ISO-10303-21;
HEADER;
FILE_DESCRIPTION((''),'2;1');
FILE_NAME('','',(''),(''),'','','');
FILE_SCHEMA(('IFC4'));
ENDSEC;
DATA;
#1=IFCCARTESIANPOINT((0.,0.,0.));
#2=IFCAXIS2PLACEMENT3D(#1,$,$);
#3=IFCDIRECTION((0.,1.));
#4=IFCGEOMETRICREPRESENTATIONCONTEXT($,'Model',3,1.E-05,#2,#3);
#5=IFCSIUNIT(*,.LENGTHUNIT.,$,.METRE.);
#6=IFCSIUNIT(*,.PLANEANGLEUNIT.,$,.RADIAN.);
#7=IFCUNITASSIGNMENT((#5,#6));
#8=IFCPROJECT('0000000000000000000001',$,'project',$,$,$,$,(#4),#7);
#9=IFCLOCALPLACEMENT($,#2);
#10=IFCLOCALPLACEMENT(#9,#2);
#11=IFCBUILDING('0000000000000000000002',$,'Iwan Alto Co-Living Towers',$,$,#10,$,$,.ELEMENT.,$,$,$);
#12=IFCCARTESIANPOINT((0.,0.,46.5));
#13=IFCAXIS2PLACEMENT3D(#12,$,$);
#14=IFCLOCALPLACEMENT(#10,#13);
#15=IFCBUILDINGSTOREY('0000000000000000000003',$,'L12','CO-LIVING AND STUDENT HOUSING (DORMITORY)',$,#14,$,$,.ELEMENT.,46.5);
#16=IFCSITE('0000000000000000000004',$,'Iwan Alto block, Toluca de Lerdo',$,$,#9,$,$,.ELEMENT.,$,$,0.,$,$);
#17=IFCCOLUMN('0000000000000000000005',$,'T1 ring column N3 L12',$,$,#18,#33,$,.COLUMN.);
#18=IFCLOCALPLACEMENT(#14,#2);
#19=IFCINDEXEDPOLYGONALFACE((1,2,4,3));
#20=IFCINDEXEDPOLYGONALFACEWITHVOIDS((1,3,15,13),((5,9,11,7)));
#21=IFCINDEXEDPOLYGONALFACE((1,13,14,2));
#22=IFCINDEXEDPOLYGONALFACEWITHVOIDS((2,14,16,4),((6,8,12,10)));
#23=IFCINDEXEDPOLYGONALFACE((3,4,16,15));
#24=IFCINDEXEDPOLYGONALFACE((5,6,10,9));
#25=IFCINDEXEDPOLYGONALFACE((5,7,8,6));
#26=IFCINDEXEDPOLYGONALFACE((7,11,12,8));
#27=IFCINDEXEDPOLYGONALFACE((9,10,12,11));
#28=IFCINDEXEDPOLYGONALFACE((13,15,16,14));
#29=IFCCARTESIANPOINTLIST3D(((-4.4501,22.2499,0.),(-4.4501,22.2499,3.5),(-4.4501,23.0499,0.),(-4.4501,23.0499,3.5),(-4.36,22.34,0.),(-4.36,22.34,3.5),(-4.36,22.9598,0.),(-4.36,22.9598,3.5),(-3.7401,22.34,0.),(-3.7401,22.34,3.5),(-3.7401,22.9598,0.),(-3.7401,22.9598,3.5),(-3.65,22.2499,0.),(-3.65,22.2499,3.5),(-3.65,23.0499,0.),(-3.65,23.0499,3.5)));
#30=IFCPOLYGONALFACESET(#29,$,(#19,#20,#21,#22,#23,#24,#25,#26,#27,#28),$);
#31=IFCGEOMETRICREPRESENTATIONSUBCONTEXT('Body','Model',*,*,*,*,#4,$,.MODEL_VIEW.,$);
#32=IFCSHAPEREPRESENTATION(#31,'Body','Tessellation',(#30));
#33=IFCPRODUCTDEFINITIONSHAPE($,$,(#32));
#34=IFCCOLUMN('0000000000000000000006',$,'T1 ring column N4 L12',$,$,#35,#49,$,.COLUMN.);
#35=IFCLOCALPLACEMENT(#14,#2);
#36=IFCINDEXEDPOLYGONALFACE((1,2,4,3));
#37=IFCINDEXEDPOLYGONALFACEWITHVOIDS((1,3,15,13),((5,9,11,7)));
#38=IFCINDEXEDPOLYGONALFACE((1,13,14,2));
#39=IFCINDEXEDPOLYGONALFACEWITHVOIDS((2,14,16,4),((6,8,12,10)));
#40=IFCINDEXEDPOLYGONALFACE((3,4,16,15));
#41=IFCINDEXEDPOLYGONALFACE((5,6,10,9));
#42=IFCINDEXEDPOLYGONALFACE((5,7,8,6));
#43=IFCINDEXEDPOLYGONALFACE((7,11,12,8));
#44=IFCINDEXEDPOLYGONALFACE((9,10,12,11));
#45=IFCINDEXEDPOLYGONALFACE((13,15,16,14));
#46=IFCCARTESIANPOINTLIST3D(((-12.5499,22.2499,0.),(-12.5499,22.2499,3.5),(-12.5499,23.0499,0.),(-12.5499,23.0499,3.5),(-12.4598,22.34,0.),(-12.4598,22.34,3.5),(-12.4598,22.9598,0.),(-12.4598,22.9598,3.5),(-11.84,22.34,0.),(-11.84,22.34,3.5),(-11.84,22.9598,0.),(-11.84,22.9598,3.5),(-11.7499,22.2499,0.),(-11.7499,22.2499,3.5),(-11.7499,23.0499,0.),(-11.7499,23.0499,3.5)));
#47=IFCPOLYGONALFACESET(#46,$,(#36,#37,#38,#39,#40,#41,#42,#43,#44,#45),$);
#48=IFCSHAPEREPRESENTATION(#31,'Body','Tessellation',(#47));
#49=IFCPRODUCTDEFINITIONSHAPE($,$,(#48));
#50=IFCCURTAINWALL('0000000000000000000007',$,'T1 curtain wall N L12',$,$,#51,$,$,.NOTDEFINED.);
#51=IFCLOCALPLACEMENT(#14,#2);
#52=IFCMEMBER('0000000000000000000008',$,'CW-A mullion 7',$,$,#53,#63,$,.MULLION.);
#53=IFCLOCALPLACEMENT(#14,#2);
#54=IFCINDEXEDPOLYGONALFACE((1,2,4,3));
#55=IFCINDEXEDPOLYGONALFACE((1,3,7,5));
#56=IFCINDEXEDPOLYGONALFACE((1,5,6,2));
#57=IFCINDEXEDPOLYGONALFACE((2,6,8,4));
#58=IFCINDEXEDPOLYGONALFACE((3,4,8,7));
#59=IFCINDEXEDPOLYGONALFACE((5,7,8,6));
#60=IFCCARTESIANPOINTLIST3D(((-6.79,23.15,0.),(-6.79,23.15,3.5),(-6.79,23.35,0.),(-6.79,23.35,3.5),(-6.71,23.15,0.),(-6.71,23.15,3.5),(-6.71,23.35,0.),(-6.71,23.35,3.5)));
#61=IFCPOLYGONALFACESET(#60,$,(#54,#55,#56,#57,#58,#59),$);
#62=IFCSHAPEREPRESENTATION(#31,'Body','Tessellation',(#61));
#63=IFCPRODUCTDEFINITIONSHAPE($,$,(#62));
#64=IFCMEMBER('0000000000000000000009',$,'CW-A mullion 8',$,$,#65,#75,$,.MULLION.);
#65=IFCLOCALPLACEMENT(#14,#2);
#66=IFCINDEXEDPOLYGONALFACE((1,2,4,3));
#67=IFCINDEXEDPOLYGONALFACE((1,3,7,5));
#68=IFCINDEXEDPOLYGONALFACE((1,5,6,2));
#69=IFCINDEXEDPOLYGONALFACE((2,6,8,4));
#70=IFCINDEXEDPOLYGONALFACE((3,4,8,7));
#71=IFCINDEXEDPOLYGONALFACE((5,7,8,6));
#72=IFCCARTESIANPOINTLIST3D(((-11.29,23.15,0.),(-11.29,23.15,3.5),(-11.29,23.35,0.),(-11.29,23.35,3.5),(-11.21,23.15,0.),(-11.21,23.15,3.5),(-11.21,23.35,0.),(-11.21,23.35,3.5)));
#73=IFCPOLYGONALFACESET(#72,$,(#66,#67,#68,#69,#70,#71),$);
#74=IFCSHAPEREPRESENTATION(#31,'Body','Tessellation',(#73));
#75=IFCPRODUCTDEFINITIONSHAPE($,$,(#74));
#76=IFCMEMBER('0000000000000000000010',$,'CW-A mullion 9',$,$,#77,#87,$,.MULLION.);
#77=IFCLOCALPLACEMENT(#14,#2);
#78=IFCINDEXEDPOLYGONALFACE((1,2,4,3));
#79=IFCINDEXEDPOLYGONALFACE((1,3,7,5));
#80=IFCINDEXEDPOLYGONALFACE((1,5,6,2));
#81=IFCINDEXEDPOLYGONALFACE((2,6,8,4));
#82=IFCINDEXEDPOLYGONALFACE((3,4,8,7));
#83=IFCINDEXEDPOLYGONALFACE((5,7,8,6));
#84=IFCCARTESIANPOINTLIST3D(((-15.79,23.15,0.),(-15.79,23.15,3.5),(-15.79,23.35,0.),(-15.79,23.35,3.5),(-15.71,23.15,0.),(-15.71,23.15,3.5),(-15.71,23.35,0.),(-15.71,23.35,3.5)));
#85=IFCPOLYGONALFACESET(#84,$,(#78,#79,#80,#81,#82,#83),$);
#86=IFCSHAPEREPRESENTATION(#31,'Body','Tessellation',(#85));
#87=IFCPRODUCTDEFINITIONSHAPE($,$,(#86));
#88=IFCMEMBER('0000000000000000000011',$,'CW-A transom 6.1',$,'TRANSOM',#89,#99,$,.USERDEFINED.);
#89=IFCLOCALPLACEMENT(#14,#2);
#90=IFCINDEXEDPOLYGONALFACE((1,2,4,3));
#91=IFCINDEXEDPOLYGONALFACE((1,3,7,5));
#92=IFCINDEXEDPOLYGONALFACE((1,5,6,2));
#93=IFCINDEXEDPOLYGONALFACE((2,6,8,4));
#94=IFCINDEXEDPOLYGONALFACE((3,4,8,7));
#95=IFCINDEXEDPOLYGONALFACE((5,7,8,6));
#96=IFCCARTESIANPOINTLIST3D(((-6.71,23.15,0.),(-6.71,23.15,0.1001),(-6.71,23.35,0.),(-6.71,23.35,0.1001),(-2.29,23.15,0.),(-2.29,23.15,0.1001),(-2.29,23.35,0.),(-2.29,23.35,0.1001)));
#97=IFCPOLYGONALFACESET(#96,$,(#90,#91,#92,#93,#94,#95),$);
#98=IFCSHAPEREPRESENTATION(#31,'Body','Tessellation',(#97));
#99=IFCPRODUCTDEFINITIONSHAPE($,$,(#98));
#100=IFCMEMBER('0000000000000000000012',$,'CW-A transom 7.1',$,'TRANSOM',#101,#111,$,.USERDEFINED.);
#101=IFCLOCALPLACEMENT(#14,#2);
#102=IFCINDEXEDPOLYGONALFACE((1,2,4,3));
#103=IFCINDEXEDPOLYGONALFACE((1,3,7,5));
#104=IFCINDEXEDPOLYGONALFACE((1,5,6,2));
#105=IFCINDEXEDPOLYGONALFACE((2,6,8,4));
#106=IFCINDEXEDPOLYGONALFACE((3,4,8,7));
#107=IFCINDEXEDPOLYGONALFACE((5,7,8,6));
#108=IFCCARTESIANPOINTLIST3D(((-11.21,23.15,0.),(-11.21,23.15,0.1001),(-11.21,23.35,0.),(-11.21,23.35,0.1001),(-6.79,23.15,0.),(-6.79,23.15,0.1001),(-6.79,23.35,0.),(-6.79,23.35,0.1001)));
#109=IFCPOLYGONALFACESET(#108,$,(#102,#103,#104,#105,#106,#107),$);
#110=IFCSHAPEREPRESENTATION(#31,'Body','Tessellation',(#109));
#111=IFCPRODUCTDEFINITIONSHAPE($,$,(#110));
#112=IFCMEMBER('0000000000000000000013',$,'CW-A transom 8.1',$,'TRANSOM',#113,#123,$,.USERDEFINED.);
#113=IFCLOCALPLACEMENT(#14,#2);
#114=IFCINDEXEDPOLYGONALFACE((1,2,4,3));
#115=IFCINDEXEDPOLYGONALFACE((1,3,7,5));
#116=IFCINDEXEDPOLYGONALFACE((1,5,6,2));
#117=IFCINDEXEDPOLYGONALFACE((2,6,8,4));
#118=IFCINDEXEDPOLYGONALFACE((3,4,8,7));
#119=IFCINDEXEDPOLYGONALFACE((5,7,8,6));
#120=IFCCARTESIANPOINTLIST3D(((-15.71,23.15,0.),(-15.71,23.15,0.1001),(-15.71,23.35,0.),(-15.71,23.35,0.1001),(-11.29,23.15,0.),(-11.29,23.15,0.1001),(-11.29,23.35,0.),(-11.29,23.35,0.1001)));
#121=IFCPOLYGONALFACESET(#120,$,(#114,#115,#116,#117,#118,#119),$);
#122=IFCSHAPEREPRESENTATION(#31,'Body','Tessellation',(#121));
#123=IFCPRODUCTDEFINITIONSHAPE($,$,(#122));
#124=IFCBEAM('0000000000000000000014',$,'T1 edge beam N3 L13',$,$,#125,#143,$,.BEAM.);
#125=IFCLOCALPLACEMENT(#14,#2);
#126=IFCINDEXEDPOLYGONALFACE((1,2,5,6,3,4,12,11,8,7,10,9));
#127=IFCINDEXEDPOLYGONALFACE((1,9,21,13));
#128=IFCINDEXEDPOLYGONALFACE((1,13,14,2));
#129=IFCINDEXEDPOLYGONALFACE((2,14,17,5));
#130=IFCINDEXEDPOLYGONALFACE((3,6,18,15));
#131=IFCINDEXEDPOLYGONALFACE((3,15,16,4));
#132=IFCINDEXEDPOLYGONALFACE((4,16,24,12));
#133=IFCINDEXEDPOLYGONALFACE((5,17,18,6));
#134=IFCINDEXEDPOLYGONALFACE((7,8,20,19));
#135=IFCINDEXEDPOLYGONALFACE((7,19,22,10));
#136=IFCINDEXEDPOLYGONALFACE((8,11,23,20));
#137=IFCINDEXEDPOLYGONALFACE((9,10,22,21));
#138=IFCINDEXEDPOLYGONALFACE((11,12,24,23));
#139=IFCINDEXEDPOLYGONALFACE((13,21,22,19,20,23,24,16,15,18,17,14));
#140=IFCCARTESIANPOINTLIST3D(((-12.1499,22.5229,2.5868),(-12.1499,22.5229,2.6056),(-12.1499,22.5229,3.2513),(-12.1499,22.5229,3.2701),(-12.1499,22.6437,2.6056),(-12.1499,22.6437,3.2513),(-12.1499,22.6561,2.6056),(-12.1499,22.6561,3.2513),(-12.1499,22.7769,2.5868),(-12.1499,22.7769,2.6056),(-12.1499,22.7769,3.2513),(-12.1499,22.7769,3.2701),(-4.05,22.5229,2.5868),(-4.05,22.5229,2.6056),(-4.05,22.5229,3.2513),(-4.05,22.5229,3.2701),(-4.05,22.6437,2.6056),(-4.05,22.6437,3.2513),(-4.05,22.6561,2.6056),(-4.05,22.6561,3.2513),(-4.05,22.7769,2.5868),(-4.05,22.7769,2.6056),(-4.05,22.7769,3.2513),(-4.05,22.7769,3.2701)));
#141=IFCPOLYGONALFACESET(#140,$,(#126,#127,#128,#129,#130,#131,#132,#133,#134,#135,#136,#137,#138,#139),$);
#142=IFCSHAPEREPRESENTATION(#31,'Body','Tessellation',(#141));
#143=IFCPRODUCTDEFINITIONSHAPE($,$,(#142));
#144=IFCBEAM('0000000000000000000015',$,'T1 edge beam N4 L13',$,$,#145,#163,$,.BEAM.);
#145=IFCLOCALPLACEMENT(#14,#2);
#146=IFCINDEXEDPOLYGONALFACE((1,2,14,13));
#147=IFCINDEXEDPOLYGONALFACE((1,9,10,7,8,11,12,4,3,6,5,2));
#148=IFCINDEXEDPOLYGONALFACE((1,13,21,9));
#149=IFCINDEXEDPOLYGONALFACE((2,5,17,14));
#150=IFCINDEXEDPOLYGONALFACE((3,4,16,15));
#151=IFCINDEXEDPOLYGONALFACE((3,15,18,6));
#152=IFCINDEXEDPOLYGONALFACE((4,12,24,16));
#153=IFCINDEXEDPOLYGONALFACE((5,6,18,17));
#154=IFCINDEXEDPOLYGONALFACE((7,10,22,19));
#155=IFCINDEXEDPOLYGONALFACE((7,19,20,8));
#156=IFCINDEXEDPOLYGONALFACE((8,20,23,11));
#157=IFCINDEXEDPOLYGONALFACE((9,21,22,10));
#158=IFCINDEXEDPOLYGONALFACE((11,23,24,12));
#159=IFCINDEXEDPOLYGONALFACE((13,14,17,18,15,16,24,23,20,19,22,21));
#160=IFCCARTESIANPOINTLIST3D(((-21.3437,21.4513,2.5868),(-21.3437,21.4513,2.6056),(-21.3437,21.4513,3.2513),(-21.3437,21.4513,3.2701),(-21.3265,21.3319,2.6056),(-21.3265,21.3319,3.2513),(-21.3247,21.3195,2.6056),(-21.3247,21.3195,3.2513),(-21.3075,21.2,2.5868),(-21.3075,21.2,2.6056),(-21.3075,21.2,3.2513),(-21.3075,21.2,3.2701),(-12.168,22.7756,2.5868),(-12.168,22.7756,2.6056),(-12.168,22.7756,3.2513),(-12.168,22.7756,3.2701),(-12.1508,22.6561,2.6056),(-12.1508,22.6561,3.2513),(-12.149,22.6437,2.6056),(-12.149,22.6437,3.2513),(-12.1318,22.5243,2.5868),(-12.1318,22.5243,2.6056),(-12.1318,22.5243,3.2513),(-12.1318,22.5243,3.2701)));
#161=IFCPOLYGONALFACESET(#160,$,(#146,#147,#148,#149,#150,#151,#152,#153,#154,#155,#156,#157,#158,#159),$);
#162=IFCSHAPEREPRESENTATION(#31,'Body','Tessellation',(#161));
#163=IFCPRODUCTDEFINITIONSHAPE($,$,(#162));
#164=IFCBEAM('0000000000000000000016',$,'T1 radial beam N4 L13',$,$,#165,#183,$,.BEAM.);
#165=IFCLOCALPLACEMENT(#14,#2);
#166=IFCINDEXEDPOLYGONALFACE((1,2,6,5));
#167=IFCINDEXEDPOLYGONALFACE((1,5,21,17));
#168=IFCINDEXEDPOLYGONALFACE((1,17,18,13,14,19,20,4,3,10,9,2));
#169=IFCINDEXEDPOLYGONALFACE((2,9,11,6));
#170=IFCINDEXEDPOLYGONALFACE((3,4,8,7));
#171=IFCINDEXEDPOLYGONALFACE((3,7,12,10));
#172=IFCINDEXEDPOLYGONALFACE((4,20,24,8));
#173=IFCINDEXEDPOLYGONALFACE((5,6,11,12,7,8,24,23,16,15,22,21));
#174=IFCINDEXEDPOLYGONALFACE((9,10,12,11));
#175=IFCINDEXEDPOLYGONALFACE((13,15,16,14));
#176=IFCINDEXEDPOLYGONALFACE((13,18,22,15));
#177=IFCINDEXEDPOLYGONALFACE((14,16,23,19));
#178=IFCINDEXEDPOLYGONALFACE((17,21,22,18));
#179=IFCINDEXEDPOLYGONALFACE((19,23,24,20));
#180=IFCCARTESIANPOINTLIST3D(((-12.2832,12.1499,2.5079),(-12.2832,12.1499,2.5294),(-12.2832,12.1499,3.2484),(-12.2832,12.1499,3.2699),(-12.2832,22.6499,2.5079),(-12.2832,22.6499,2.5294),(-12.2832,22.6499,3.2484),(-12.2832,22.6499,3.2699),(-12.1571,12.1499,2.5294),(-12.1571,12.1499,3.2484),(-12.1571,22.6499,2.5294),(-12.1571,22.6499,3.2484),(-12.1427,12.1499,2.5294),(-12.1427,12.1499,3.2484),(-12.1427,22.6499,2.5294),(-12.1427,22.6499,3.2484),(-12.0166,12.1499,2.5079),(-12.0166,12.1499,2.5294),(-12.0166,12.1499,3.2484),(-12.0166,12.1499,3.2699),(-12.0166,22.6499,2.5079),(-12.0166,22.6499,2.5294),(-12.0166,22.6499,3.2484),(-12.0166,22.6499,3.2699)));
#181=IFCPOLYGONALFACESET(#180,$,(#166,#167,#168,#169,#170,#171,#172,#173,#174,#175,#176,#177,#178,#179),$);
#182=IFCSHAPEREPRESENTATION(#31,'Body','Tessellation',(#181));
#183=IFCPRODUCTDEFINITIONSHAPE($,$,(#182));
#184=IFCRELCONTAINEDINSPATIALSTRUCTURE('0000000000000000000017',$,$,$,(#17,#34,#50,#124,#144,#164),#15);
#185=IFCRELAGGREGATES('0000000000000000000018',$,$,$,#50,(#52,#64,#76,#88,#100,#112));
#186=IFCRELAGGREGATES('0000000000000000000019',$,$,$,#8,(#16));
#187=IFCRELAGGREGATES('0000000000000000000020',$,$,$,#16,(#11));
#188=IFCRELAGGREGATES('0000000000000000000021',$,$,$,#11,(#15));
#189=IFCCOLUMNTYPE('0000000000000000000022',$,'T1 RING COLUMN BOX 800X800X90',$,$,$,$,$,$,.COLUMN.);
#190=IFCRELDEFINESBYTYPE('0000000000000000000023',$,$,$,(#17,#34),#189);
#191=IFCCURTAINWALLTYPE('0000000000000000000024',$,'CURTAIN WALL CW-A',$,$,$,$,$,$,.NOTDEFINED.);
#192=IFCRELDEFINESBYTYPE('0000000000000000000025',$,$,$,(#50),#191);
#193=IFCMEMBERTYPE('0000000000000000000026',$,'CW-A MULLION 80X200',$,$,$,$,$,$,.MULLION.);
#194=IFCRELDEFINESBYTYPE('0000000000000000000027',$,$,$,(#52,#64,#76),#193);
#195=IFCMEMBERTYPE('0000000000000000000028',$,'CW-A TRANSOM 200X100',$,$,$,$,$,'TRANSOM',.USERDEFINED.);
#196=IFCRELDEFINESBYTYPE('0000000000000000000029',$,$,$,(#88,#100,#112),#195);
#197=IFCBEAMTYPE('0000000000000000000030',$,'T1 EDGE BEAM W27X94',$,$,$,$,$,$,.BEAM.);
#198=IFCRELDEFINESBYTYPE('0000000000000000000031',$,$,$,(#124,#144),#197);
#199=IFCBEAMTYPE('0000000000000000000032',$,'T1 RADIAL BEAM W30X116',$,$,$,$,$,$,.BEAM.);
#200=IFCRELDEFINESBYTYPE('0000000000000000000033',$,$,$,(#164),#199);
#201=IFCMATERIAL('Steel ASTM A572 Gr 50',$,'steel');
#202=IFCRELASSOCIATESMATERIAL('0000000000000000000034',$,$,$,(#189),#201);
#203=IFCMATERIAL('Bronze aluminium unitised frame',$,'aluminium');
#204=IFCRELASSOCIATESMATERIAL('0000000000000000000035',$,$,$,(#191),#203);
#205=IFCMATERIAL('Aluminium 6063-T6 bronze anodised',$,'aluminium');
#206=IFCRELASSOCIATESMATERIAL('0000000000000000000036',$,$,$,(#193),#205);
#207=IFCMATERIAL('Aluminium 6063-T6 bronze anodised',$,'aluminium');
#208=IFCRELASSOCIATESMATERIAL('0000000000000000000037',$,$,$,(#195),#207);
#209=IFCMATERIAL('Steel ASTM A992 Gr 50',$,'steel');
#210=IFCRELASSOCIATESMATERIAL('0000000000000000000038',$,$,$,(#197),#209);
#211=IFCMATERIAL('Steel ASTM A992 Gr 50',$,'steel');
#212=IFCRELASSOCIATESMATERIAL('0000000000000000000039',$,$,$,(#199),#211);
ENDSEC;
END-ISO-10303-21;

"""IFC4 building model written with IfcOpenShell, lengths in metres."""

from ifc_helpers import new_model, si_unit, direction, frame, origin, origin_2d, place, context, subcontext, project, spatial, rectangle, hollow_rectangle, i_section, extrude, material, material_profile, profile_set, type_object, element, aggregate, save


model = new_model("IFC4")

# Units and contexts
model_context = context("Model", 3, precision=1e-05, world=origin(), true_north=direction((0.0, 1.0)))
body_context = subcontext(model_context, "Body", "Model", "MODEL_VIEW")
ifc_project = project(units=[si_unit("LENGTHUNIT", "METRE"), si_unit("PLANEANGLEUNIT", "RADIAN")], contexts=[model_context])

# Site, building, storey
site_placement = place(None, origin())
site = spatial("IfcSite", under=ifc_project, at=site_placement, Name="Iwan Alto block, Toluca de Lerdo", CompositionType="ELEMENT", RefElevation=0.0)
building_placement = place(site_placement, origin())
building = spatial("IfcBuilding", under=site, at=building_placement, Name="Iwan Alto Co-Living Towers", CompositionType="ELEMENT")
storey_placement = place(building_placement, frame((0.0, 0.0, 46.5)))
storey = spatial("IfcBuildingStorey", under=building, at=storey_placement, Name="L12", Description="CO-LIVING AND STUDENT HOUSING (DORMITORY)", CompositionType="ELEMENT", Elevation=46.5)

# Columns
ifc_material_1 = material(Name="Steel ASTM A572 Gr 50", Category="steel")
ifc_material_profile_1 = material_profile(ifc_material_1, hollow_rectangle(XDim=0.8, YDim=0.8, WallThickness=0.0901, at=origin_2d()), Name="BOX 800X800X90")
ifc_profile_set_1 = profile_set([ifc_material_profile_1], Name="Steel ASTM A572 Gr 50")
column_type = type_object("IfcColumnType", Name="T1 RING COLUMN BOX 800X800X90", PredefinedType="COLUMN", material=ifc_profile_set_1)
for number, where, z_axis, x_axis, name in (
    (1, (-4.05, 22.6499, 0.0), (0.0, 0.0, 1.0), (1.0, 0.0, 0.0), "T1 ring column N3 L12"),
    (2, (-12.1499, 22.6499, 0.0), (0.0, 0.0, 1.0), (1.0, 0.0, 0.0), "T1 ring column N4 L12"),
):
    element("IfcColumn", number, at=place(storey_placement, frame(where, z_axis=z_axis, x_axis=x_axis)), inside=storey, type_object=column_type, Name=name, PredefinedType="COLUMN", context=body_context, shape_type="SweptSolid", body=[
        extrude(hollow_rectangle(XDim=0.8, YDim=0.8, WallThickness=0.0901, at=origin_2d()), origin(), (0.0, 0.0, 1.0), 3.5),
    ])

# Curtain wall, members
ifc_material_2 = material(Name="Bronze aluminium unitised frame", Category="aluminium")
curtain_wall_type = type_object("IfcCurtainWallType", Name="CURTAIN WALL CW-A", PredefinedType="NOTDEFINED", material=ifc_material_2)
curtain_wall_placement = place(storey_placement, origin())
curtain_wall = element("IfcCurtainWall", 3, at=curtain_wall_placement, inside=storey, type_object=curtain_wall_type, Name="T1 curtain wall N L12", PredefinedType="NOTDEFINED")
ifc_material_3 = material(Name="Aluminium 6063-T6 bronze anodised", Category="aluminium")
ifc_material_profile_2 = material_profile(ifc_material_3, rectangle(XDim=0.2, YDim=0.0801, at=origin_2d()), Name="AL 80X200")
ifc_profile_set_2 = profile_set([ifc_material_profile_2], Name="Aluminium 6063-T6 bronze anodised")
member_type_1 = type_object("IfcMemberType", Name="CW-A MULLION 80X200", PredefinedType="MULLION", material=ifc_profile_set_2)
member_1_placement = place(storey_placement, frame((-6.75, 23.25, 0.0), z_axis=(0.0, 0.0, 1.0), x_axis=(0.0, -1.0, 0.0)))
member_1 = element("IfcMember", 4, at=member_1_placement, type_object=member_type_1, Name="CW-A mullion 7", PredefinedType="MULLION", context=body_context, shape_type="SweptSolid", body=[
    extrude(rectangle(XDim=0.2, YDim=0.0801, at=origin_2d()), origin(), (0.0, 0.0, 1.0), 3.5),
])
member_2_placement = place(storey_placement, frame((-11.25, 23.25, 0.0), z_axis=(0.0, 0.0, 1.0), x_axis=(0.0, -1.0, 0.0)))
member_2 = element("IfcMember", 5, at=member_2_placement, type_object=member_type_1, Name="CW-A mullion 8", PredefinedType="MULLION", context=body_context, shape_type="SweptSolid", body=[
    extrude(rectangle(XDim=0.2, YDim=0.0801, at=origin_2d()), origin(), (0.0, 0.0, 1.0), 3.5),
])
member_3_placement = place(storey_placement, frame((-15.75, 23.25, 0.0), z_axis=(0.0, 0.0, 1.0), x_axis=(0.0, -1.0, 0.0)))
member_3 = element("IfcMember", 6, at=member_3_placement, type_object=member_type_1, Name="CW-A mullion 9", PredefinedType="MULLION", context=body_context, shape_type="SweptSolid", body=[
    extrude(rectangle(XDim=0.2, YDim=0.0801, at=origin_2d()), origin(), (0.0, 0.0, 1.0), 3.5),
])
ifc_material_4 = material(Name="Aluminium 6063-T6 bronze anodised", Category="aluminium")
ifc_material_profile_3 = material_profile(ifc_material_4, rectangle(XDim=0.2, YDim=0.1001, at=origin_2d()), Name="AL 200X100")
ifc_profile_set_3 = profile_set([ifc_material_profile_3], Name="Aluminium 6063-T6 bronze anodised")
member_type_2 = type_object("IfcMemberType", Name="CW-A TRANSOM 200X100", ElementType="TRANSOM", PredefinedType="USERDEFINED", material=ifc_profile_set_3)
member_4_placement = place(storey_placement, frame((-2.29, 23.25, 0.05), z_axis=(-1.0, 0.0, 0.0), x_axis=(0.0, -1.0, 0.0)))
member_4 = element("IfcMember", 7, at=member_4_placement, type_object=member_type_2, Name="CW-A transom 6.1", ObjectType="TRANSOM", PredefinedType="USERDEFINED", context=body_context, shape_type="SweptSolid", body=[
    extrude(rectangle(XDim=0.2, YDim=0.1001, at=origin_2d()), origin(), (0.0, 0.0, 1.0), 4.4199),
])
member_5_placement = place(storey_placement, frame((-6.79, 23.25, 0.05), z_axis=(-1.0, 0.0, 0.0), x_axis=(0.0, -1.0, 0.0)))
member_5 = element("IfcMember", 8, at=member_5_placement, type_object=member_type_2, Name="CW-A transom 7.1", ObjectType="TRANSOM", PredefinedType="USERDEFINED", context=body_context, shape_type="SweptSolid", body=[
    extrude(rectangle(XDim=0.2, YDim=0.1001, at=origin_2d()), origin(), (0.0, 0.0, 1.0), 4.4199),
])
member_6_placement = place(storey_placement, frame((-11.29, 23.25, 0.05), z_axis=(-1.0, 0.0, 0.0), x_axis=(0.0, -1.0, 0.0)))
member_6 = element("IfcMember", 9, at=member_6_placement, type_object=member_type_2, Name="CW-A transom 8.1", ObjectType="TRANSOM", PredefinedType="USERDEFINED", context=body_context, shape_type="SweptSolid", body=[
    extrude(rectangle(XDim=0.2, YDim=0.1001, at=origin_2d()), origin(), (0.0, 0.0, 1.0), 4.4199),
])

# Beams
ifc_material_5 = material(Name="Steel ASTM A992 Gr 50", Category="steel")
ifc_material_profile_4 = material_profile(ifc_material_5, i_section(OverallWidth=0.2539, OverallDepth=0.6833, WebThickness=0.0125, FlangeThickness=0.0188, at=origin_2d()), Name="W27X94")
ifc_profile_set_4 = profile_set([ifc_material_profile_4], Name="Steel ASTM A992 Gr 50")
beam_type_1 = type_object("IfcBeamType", Name="T1 EDGE BEAM W27X94", PredefinedType="BEAM", material=ifc_profile_set_4)
beam_1_placement = place(storey_placement, frame((-4.05, 22.6499, 2.9285), z_axis=(-1.0, 0.0, 0.0), x_axis=(0.0, -1.0, 0.0)))
element("IfcBeam", 10, at=beam_1_placement, inside=storey, type_object=beam_type_1, Name="T1 edge beam N3 L13", PredefinedType="BEAM", context=body_context, shape_type="SweptSolid", body=[
    extrude(i_section(OverallWidth=0.2539, OverallDepth=0.6833, WebThickness=0.0125, FlangeThickness=0.0188, at=origin_2d()), origin(), (0.0, 0.0, 1.0), 8.0999),
])
beam_2_placement = place(storey_placement, frame((-12.1499, 22.6499, 2.9285), z_axis=(-0.989746, -0.142837, 0.0), x_axis=(0.142837, -0.989746, 0.0)))
element("IfcBeam", 11, at=beam_2_placement, inside=storey, type_object=beam_type_1, Name="T1 edge beam N4 L13", PredefinedType="BEAM", context=body_context, shape_type="SweptSolid", body=[
    extrude(i_section(OverallWidth=0.2539, OverallDepth=0.6833, WebThickness=0.0125, FlangeThickness=0.0188, at=origin_2d()), origin(), (0.0, 0.0, 1.0), 9.2708),
])
ifc_material_6 = material(Name="Steel ASTM A992 Gr 50", Category="steel")
ifc_material_profile_5 = material_profile(ifc_material_6, i_section(OverallWidth=0.2666, OverallDepth=0.762, WebThickness=0.0144, FlangeThickness=0.0215, at=origin_2d()), Name="W30X116")
ifc_profile_set_5 = profile_set([ifc_material_profile_5], Name="Steel ASTM A992 Gr 50")
beam_type_2 = type_object("IfcBeamType", Name="T1 RADIAL BEAM W30X116", PredefinedType="BEAM", material=ifc_profile_set_5)
beam_3_placement = place(storey_placement, frame((-12.1499, 22.6499, 2.8889), z_axis=(0.0, -1.0, 0.0), x_axis=(1.0, 0.0, 0.0)))
element("IfcBeam", 12, at=beam_3_placement, inside=storey, type_object=beam_type_2, Name="T1 radial beam N4 L13", PredefinedType="BEAM", context=body_context, shape_type="SweptSolid", body=[
    extrude(i_section(OverallWidth=0.2666, OverallDepth=0.762, WebThickness=0.0144, FlangeThickness=0.0215, at=origin_2d()), origin(), (0.0, 0.0, 1.0), 10.5),
])

aggregate(curtain_wall, [member_1, member_2, member_3, member_4, member_5, member_6])

save(model, "model.ifc")
